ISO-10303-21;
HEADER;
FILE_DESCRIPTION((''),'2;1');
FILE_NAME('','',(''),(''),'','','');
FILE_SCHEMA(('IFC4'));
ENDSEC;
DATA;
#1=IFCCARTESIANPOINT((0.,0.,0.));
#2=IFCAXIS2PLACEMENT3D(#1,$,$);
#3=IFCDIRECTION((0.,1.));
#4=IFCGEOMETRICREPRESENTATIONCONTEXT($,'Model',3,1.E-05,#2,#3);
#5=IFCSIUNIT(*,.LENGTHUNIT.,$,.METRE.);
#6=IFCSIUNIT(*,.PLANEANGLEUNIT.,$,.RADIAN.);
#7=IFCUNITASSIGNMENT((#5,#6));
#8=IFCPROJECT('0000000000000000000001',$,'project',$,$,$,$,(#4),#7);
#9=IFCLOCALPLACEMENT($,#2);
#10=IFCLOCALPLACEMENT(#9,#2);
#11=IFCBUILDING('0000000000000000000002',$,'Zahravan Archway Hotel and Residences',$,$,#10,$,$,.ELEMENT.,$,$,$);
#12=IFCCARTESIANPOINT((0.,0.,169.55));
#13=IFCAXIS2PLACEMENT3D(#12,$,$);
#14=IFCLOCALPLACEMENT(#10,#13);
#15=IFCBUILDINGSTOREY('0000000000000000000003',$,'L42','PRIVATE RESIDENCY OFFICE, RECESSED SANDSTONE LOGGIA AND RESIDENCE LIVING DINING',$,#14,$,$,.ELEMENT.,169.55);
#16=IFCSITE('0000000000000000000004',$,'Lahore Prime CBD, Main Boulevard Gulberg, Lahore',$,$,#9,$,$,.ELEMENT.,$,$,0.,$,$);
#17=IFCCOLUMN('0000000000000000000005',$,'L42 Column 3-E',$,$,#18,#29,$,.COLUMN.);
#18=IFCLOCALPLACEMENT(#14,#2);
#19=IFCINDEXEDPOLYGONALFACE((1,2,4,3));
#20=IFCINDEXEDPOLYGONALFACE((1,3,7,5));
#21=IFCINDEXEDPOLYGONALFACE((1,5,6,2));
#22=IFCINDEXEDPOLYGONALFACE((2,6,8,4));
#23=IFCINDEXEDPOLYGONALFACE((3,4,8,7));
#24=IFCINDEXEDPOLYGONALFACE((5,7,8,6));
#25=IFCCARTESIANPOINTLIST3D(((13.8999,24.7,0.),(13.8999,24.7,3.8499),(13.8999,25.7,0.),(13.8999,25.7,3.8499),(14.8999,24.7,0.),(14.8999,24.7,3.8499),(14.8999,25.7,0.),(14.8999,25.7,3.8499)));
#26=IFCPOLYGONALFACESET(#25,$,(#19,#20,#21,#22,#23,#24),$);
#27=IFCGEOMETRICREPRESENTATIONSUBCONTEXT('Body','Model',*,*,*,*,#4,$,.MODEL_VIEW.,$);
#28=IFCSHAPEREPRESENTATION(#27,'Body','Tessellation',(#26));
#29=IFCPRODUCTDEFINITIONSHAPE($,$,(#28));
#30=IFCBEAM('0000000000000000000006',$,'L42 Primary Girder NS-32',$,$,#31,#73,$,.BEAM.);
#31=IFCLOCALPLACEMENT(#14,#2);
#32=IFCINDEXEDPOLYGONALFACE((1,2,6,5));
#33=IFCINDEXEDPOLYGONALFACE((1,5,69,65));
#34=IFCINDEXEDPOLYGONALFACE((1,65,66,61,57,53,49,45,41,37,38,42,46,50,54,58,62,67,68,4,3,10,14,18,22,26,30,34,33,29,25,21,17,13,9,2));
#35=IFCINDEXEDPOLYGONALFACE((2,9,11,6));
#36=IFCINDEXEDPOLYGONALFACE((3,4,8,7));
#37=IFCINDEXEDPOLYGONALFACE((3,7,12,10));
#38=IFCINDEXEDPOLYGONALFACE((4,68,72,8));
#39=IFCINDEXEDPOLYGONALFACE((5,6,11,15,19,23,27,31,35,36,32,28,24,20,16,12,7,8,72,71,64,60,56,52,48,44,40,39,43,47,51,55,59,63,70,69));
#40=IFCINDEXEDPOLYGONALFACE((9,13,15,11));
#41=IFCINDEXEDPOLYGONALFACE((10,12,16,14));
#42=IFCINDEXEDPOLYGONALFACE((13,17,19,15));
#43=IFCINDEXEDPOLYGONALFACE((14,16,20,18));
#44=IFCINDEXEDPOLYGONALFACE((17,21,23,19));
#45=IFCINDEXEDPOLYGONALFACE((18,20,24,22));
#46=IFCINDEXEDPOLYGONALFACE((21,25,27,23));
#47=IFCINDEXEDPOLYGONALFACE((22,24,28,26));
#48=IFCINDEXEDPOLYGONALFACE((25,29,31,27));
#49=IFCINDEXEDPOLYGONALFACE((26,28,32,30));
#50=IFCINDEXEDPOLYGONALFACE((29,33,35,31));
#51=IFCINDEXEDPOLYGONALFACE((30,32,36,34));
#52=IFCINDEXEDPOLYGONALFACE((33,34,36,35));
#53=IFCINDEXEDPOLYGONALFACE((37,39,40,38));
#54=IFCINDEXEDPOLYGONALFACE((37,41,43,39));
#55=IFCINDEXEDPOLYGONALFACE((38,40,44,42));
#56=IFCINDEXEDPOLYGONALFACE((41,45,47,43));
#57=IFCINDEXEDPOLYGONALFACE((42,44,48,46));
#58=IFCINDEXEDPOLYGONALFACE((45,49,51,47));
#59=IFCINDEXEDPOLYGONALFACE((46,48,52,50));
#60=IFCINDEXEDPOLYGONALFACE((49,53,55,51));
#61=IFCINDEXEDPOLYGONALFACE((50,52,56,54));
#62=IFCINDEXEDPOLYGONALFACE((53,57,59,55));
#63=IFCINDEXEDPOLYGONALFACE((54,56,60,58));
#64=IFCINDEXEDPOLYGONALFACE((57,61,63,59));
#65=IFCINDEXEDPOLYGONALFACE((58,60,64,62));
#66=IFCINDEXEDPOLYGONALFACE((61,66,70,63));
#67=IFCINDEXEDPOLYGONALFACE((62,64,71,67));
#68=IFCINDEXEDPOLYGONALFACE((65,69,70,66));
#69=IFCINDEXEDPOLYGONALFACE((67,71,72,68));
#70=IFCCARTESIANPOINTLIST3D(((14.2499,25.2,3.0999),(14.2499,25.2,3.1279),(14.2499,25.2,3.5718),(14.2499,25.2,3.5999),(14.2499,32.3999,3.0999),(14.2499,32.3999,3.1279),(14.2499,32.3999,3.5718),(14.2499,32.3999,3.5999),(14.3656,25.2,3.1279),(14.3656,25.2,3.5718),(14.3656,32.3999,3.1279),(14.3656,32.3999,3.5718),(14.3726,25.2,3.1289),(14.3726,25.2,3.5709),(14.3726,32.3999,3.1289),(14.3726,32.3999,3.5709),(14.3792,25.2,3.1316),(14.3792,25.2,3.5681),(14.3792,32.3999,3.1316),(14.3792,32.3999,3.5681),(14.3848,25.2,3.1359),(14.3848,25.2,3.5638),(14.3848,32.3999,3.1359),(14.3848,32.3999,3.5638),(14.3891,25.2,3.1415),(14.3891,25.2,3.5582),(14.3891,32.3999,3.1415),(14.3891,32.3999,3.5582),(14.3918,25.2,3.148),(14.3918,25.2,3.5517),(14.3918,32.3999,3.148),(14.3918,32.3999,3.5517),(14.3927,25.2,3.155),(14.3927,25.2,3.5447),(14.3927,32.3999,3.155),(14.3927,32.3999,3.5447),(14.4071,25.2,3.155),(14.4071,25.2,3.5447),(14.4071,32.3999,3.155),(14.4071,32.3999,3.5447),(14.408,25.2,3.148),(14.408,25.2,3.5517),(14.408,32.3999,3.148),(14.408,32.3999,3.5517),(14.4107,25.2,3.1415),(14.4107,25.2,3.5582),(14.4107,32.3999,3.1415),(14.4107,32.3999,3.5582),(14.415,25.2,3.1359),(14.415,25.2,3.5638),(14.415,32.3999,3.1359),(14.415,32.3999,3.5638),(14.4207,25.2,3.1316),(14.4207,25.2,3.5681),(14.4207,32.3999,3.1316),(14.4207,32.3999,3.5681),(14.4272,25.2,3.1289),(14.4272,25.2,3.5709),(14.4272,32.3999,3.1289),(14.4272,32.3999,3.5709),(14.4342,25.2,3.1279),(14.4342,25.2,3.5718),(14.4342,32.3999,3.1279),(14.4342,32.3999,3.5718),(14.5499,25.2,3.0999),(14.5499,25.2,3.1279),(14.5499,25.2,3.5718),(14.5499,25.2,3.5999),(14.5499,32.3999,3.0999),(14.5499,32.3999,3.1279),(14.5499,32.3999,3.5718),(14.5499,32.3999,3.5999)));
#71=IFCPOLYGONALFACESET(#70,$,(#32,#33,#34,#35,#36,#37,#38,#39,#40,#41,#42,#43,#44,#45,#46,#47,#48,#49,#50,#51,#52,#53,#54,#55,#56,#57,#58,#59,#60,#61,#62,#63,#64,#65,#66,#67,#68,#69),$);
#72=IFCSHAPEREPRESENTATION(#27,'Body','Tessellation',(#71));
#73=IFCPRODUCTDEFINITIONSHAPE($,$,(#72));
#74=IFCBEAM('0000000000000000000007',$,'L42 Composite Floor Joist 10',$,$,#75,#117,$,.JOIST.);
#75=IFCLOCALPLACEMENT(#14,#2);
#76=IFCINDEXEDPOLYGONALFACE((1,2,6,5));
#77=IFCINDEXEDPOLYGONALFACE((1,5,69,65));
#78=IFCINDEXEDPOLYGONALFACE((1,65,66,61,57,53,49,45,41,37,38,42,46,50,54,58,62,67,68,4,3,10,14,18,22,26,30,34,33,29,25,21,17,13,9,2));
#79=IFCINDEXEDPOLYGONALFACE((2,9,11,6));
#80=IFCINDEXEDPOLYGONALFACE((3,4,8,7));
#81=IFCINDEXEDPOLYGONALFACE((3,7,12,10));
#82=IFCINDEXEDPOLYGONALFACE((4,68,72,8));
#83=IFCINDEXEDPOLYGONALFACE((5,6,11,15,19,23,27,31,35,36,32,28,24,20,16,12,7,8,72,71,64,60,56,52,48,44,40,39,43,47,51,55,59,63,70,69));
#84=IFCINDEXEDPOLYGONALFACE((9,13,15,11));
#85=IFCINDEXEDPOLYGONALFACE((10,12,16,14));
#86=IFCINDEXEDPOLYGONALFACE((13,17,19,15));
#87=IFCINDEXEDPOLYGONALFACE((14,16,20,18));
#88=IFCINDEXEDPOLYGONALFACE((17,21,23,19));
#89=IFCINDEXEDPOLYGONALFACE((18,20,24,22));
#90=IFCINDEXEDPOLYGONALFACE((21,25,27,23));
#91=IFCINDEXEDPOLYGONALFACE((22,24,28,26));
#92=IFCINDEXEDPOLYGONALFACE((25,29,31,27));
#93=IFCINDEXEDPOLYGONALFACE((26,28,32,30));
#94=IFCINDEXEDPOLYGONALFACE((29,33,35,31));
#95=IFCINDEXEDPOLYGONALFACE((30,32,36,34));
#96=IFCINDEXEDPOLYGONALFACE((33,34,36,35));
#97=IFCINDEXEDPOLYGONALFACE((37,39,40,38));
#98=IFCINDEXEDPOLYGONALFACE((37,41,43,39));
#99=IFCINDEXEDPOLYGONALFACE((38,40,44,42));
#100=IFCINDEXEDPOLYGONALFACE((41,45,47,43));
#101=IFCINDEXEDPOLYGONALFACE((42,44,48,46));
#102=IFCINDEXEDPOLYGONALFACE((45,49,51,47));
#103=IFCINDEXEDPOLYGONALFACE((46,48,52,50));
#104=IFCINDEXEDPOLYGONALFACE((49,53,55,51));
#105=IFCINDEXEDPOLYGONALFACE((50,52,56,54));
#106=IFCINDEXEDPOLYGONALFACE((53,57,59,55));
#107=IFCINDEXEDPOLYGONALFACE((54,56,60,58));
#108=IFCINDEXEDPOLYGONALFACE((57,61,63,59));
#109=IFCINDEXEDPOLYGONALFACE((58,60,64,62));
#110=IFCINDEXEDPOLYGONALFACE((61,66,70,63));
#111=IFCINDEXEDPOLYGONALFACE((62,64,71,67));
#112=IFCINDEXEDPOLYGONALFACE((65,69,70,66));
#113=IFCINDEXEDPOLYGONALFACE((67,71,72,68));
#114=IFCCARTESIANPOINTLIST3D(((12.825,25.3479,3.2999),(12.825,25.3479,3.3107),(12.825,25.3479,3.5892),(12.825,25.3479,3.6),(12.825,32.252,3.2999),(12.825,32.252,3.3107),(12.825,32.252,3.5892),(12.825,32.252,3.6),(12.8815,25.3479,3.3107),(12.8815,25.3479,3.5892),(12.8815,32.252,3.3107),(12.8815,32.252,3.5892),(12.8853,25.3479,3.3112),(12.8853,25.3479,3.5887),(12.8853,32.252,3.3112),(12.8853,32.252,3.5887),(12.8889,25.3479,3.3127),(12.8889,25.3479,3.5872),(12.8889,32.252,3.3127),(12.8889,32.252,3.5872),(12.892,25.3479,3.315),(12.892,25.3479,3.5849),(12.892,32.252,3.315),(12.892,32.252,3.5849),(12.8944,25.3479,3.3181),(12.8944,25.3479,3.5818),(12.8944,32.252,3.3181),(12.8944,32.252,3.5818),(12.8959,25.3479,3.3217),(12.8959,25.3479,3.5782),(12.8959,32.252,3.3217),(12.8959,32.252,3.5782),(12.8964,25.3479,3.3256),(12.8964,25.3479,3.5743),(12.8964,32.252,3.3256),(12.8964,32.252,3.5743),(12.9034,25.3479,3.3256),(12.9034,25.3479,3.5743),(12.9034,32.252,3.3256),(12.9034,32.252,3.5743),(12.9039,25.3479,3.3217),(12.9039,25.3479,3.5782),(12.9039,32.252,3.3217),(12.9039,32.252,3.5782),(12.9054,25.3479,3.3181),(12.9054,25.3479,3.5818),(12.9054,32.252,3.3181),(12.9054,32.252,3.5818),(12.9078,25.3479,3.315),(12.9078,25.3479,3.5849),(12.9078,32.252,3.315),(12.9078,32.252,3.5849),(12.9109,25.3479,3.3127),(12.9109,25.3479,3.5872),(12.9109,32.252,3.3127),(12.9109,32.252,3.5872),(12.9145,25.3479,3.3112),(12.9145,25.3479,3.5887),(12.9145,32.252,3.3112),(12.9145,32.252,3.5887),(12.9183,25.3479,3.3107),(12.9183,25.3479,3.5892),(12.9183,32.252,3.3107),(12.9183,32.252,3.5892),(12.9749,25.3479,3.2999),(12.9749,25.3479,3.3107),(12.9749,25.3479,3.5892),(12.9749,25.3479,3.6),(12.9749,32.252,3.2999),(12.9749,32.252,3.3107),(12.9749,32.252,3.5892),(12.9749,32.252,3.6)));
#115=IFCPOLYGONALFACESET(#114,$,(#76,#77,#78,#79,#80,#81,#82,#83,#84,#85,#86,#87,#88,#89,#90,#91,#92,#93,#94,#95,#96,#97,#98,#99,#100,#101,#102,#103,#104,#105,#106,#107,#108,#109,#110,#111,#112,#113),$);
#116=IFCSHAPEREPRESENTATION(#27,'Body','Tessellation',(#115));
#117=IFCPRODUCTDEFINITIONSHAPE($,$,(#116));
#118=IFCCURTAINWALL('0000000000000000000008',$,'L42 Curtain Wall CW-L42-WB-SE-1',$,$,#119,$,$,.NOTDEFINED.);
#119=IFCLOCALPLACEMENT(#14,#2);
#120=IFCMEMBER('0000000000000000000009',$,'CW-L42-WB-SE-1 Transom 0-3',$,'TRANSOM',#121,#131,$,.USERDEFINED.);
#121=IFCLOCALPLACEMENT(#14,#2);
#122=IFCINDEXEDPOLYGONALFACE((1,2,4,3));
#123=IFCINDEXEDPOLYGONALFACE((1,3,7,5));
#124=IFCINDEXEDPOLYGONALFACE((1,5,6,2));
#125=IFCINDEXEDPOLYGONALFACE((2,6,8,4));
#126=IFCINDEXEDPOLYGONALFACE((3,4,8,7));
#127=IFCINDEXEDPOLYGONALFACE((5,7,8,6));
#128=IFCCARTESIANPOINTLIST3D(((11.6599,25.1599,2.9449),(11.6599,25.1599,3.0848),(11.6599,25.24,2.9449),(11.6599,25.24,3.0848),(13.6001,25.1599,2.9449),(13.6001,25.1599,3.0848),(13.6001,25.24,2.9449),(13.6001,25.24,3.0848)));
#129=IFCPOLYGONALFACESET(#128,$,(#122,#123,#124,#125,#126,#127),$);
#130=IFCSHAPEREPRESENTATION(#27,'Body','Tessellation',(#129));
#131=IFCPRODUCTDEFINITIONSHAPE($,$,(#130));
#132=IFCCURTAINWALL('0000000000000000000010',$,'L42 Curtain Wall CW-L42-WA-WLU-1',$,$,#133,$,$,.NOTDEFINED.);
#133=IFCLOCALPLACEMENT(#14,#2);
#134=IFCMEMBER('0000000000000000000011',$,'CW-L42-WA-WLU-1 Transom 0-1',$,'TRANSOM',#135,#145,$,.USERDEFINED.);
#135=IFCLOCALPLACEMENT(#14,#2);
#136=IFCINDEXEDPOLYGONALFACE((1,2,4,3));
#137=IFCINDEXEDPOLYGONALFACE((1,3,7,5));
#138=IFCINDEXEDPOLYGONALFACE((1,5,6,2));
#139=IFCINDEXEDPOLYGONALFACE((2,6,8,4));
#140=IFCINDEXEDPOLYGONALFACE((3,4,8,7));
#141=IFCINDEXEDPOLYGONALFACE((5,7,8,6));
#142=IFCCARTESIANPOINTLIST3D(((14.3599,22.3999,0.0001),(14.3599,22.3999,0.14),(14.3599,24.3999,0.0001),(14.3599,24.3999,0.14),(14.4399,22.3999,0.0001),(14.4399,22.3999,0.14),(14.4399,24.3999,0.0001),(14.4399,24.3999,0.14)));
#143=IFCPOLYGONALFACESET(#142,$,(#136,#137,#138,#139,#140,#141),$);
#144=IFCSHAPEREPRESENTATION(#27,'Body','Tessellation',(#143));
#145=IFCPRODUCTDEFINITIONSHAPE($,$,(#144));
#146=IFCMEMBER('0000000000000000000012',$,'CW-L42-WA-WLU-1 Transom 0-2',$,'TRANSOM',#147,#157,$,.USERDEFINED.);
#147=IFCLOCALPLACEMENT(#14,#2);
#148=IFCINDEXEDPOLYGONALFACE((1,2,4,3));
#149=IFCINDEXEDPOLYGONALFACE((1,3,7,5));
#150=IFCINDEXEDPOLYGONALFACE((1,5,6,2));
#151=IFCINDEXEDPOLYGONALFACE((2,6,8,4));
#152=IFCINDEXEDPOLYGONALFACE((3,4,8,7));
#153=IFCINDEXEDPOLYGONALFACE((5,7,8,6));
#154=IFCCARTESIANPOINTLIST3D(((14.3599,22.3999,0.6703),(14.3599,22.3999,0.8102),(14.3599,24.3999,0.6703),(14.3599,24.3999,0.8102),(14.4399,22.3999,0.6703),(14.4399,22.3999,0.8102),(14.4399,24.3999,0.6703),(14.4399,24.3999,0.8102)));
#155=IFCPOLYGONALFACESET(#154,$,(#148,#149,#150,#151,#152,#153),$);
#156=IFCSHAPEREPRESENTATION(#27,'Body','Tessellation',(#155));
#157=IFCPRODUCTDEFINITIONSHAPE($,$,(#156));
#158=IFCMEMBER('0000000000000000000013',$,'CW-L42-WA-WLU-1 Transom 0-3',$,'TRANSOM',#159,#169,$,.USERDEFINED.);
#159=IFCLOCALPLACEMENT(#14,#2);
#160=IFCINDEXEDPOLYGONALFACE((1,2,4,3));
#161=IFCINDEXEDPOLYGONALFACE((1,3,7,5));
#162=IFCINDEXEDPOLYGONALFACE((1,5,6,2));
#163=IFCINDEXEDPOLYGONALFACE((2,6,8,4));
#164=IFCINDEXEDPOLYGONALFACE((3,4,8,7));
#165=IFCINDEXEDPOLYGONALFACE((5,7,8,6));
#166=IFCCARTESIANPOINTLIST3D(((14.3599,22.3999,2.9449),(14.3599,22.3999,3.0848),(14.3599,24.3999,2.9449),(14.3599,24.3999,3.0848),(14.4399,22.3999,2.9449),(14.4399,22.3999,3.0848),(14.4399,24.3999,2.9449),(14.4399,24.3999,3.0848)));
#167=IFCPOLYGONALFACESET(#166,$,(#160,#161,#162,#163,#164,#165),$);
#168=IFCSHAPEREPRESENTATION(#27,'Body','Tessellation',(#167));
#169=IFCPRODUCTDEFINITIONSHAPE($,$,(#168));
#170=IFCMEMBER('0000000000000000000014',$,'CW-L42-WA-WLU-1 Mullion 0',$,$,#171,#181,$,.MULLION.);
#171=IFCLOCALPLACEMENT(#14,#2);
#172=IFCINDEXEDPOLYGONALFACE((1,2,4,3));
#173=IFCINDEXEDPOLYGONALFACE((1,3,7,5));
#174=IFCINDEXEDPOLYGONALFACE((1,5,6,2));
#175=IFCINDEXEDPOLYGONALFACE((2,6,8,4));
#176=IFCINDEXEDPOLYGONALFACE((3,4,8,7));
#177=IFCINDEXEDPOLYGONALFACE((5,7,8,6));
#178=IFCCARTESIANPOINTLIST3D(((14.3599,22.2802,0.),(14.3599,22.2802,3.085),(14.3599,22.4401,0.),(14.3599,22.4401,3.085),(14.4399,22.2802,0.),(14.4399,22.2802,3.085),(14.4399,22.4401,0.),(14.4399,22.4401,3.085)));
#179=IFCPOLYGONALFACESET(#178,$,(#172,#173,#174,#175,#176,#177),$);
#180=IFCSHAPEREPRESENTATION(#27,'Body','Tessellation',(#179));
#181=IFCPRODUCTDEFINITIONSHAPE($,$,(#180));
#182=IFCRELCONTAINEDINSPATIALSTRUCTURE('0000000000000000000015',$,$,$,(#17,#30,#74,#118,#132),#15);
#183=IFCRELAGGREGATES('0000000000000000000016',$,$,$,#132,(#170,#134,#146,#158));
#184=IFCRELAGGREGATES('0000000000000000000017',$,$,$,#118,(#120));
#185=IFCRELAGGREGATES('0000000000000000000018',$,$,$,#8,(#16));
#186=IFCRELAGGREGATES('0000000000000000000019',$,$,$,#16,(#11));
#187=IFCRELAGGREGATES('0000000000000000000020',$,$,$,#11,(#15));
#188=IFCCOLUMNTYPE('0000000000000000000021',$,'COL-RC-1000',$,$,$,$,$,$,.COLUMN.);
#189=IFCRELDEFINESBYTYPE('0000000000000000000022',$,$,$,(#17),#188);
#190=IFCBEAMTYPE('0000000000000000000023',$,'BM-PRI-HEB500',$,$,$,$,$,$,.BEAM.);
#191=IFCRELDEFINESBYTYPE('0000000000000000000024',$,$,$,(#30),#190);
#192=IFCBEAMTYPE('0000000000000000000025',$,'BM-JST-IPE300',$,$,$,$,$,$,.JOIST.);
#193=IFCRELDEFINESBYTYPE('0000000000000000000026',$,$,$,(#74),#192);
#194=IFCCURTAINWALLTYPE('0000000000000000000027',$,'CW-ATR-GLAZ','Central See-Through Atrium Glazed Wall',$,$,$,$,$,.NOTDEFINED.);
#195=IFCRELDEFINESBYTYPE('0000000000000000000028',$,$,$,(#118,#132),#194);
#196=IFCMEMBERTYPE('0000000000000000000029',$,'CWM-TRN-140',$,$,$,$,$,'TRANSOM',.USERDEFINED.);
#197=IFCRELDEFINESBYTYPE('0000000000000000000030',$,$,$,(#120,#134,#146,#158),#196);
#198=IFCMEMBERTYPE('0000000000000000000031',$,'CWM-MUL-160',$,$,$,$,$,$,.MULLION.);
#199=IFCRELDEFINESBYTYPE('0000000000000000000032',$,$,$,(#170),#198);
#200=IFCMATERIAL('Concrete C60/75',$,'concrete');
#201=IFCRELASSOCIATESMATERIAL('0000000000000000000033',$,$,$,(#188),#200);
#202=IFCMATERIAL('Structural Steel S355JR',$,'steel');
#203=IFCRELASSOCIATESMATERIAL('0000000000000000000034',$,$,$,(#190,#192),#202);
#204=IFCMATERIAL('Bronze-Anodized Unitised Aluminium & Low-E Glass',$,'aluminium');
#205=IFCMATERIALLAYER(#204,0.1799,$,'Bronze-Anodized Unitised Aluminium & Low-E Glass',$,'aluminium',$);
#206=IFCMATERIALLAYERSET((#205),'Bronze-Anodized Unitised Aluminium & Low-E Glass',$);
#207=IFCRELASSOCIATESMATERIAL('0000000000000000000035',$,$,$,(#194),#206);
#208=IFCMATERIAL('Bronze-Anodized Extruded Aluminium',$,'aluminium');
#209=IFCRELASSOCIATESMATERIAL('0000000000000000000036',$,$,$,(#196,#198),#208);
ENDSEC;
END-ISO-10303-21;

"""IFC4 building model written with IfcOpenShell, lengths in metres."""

from ifc_helpers import new_model, si_unit, direction, frame, origin, origin_2d, place, context, subcontext, project, spatial, rectangle, i_section, extrude, source, transform, mapped, material, layer, layer_set, material_profile, profile_set, type_object, type_shapes, element, aggregate, save


model = new_model("IFC4")

# Units and contexts
model_context = context("Model", 3, precision=1e-05, world=origin(), true_north=direction((0.0, 1.0)))
body_context = subcontext(model_context, "Body", "Model", "MODEL_VIEW")
ifc_project = project(units=[si_unit("LENGTHUNIT", "METRE"), si_unit("PLANEANGLEUNIT", "RADIAN")], contexts=[model_context])

# Site, building, storey
site_placement = place(None, origin())
site = spatial("IfcSite", under=ifc_project, at=site_placement, Name="Lahore Prime CBD, Main Boulevard Gulberg, Lahore", CompositionType="ELEMENT", RefElevation=0.0)
building_placement = place(site_placement, origin())
building = spatial("IfcBuilding", under=site, at=building_placement, Name="Zahravan Archway Hotel and Residences", CompositionType="ELEMENT")
storey_placement = place(building_placement, frame((0.0, 0.0, 169.55)))
storey = spatial("IfcBuildingStorey", under=building, at=storey_placement, Name="L42", Description="PRIVATE RESIDENCY OFFICE, RECESSED SANDSTONE LOGGIA AND RESIDENCE LIVING DINING", CompositionType="ELEMENT", Elevation=169.55)

# Column
ifc_material_1 = material(Name="Concrete C60/75", Category="concrete")
ifc_material_profile_1 = material_profile(ifc_material_1, rectangle(XDim=1.0, YDim=1.0, at=origin_2d()), Name="RC-COL-1000x1000", Category="concrete")
ifc_profile_set_1 = profile_set([ifc_material_profile_1], Name="Concrete C60/75")
column_type = type_object("IfcColumnType", Name="COL-RC-1000", PredefinedType="COLUMN", material=ifc_profile_set_1)
shared_shape_1 = source(origin(), body_context, "Body", "SweptSolid", [
    extrude(rectangle(XDim=1.0, YDim=1.0, at=origin_2d()), origin(), (0.0, 0.0, 1.0), 3.8499),
])
column_placement = place(storey_placement, frame((14.3999, 25.2, 0.0), z_axis=(0.0, 0.0, 1.0), x_axis=(1.0, 0.0, 0.0)))
element("IfcColumn", 1, at=column_placement, inside=storey, type_object=column_type, Name="L42 Column 3-E", PredefinedType="COLUMN", context=body_context, shape_type="MappedRepresentation", body=[
    mapped(shared_shape_1, transform((0.0, 0.0, 0.0), scale=1.0)),
])

# Beams
ifc_material_2 = material(Name="Structural Steel S355JR", Category="steel")
ifc_material_profile_2 = material_profile(ifc_material_2, i_section(OverallWidth=0.3, OverallDepth=0.5, WebThickness=0.0144, FlangeThickness=0.0281, FilletRadius=0.0271, at=origin_2d()), Name="HEB 500", Category="steel")
ifc_profile_set_2 = profile_set([ifc_material_profile_2], Name="Structural Steel S355JR")
beam_type_1 = type_object("IfcBeamType", Name="BM-PRI-HEB500", PredefinedType="BEAM", material=ifc_profile_set_2)
shared_shape_2 = source(origin(), body_context, "Body", "SweptSolid", [
    extrude(i_section(OverallWidth=0.3, OverallDepth=0.5, WebThickness=0.0144, FlangeThickness=0.0281, FilletRadius=0.0271, at=origin_2d()), origin(), (0.0, 0.0, 1.0), 7.2),
])
beam_1_placement = place(storey_placement, frame((14.3999, 25.2, 3.3499), z_axis=(0.0, 1.0, 0.0), x_axis=(-1.0, 0.0, 0.0)))
element("IfcBeam", 2, at=beam_1_placement, inside=storey, type_object=beam_type_1, Name="L42 Primary Girder NS-32", PredefinedType="BEAM", context=body_context, shape_type="MappedRepresentation", body=[
    mapped(shared_shape_2, transform((0.0, 0.0, 0.0), scale=1.0)),
])
ifc_material_profile_3 = material_profile(ifc_material_2, i_section(OverallWidth=0.1499, OverallDepth=0.3, WebThickness=0.0071, FlangeThickness=0.0107, FilletRadius=0.0149, at=origin_2d()), Name="IPE 300", Category="steel")
ifc_profile_set_3 = profile_set([ifc_material_profile_3], Name="Structural Steel S355JR")
beam_type_2 = type_object("IfcBeamType", Name="BM-JST-IPE300", PredefinedType="JOIST", material=ifc_profile_set_3)
shared_shape_3 = source(origin(), body_context, "Body", "SweptSolid", [
    extrude(i_section(OverallWidth=0.1499, OverallDepth=0.3, WebThickness=0.0071, FlangeThickness=0.0107, FilletRadius=0.0149, at=origin_2d()), origin(), (0.0, 0.0, 1.0), 6.9041),
])
type_shapes(beam_type_2, [shared_shape_3])
beam_2_placement = place(storey_placement, frame((12.8999, 25.3479, 3.45), z_axis=(0.0, 1.0, 0.0), x_axis=(-1.0, 0.0, 0.0)))
element("IfcBeam", 3, at=beam_2_placement, inside=storey, type_object=beam_type_2, Name="L42 Composite Floor Joist 10", PredefinedType="JOIST", context=body_context, shape_type="MappedRepresentation", body=[
    mapped(shared_shape_3, transform((0.0, 0.0, 0.0), scale=1.0)),
])

# Curtain wall, member
ifc_material_3 = material(Name="Bronze-Anodized Unitised Aluminium & Low-E Glass", Category="aluminium")
ifc_layer_1 = layer(ifc_material_3, 0.1799, Name="Bronze-Anodized Unitised Aluminium & Low-E Glass", Category="aluminium")
ifc_layer_set_1 = layer_set([ifc_layer_1], Name="Bronze-Anodized Unitised Aluminium & Low-E Glass")
curtain_wall_type = type_object("IfcCurtainWallType", Name="CW-ATR-GLAZ", Description="Central See-Through Atrium Glazed Wall", PredefinedType="NOTDEFINED", material=ifc_layer_set_1)
curtain_wall_1_placement = place(storey_placement, origin())
curtain_wall_1 = element("IfcCurtainWall", 4, at=curtain_wall_1_placement, inside=storey, type_object=curtain_wall_type, Name="L42 Curtain Wall CW-L42-WB-SE-1", PredefinedType="NOTDEFINED")
ifc_material_4 = material(Name="Bronze-Anodized Extruded Aluminium", Category="aluminium")
ifc_material_profile_4 = material_profile(ifc_material_4, rectangle(XDim=0.0801, YDim=0.1399, at=origin_2d()), Name="TRN 80x140", Category="aluminium")
ifc_profile_set_4 = profile_set([ifc_material_profile_4], Name="Bronze-Anodized Extruded Aluminium")
member_type_1 = type_object("IfcMemberType", Name="CWM-TRN-140", ElementType="TRANSOM", PredefinedType="USERDEFINED", material=ifc_profile_set_4)
shared_shape_4 = source(origin(), body_context, "Body", "SweptSolid", [
    extrude(rectangle(XDim=0.0801, YDim=0.1399, at=origin_2d()), origin(), (0.0, 0.0, 1.0), 1.9402),
])
member_1_placement = place(storey_placement, frame((11.6599, 25.2, 3.0149), z_axis=(1.0, 0.0, 0.0), x_axis=(0.0, 1.0, 0.0)))
member_1 = element("IfcMember", 5, at=member_1_placement, type_object=member_type_1, Name="CW-L42-WB-SE-1 Transom 0-3", ObjectType="TRANSOM", PredefinedType="USERDEFINED", context=body_context, shape_type="MappedRepresentation", body=[
    mapped(shared_shape_4, transform((0.0, 0.0, 0.0), scale=1.0)),
])

# Curtain wall, members
curtain_wall_2_placement = place(storey_placement, origin())
curtain_wall_2 = element("IfcCurtainWall", 6, at=curtain_wall_2_placement, inside=storey, type_object=curtain_wall_type, Name="L42 Curtain Wall CW-L42-WA-WLU-1", PredefinedType="NOTDEFINED")
shared_shape_5 = source(origin(), body_context, "Body", "SweptSolid", [
    extrude(rectangle(XDim=0.0801, YDim=0.1399, at=origin_2d()), origin(), (0.0, 0.0, 1.0), 2.0),
])
member_2_placement = place(storey_placement, frame((14.3999, 22.3999, 0.0701), z_axis=(0.0, 1.0, 0.0), x_axis=(-1.0, 0.0, 0.0)))
member_2 = element("IfcMember", 7, at=member_2_placement, type_object=member_type_1, Name="CW-L42-WA-WLU-1 Transom 0-1", ObjectType="TRANSOM", PredefinedType="USERDEFINED", context=body_context, shape_type="MappedRepresentation", body=[
    mapped(shared_shape_5, transform((0.0, 0.0, 0.0), scale=1.0)),
])
member_3_placement = place(storey_placement, frame((14.3999, 22.3999, 0.7402), z_axis=(0.0, 1.0, 0.0), x_axis=(-1.0, 0.0, 0.0)))
member_3 = element("IfcMember", 8, at=member_3_placement, type_object=member_type_1, Name="CW-L42-WA-WLU-1 Transom 0-2", ObjectType="TRANSOM", PredefinedType="USERDEFINED", context=body_context, shape_type="MappedRepresentation", body=[
    mapped(shared_shape_5, transform((0.0, 0.0, 0.0), scale=1.0)),
])
member_4_placement = place(storey_placement, frame((14.3999, 22.3999, 3.0149), z_axis=(0.0, 1.0, 0.0), x_axis=(-1.0, 0.0, 0.0)))
member_4 = element("IfcMember", 9, at=member_4_placement, type_object=member_type_1, Name="CW-L42-WA-WLU-1 Transom 0-3", ObjectType="TRANSOM", PredefinedType="USERDEFINED", context=body_context, shape_type="MappedRepresentation", body=[
    mapped(shared_shape_5, transform((0.0, 0.0, 0.0), scale=1.0)),
])
ifc_material_profile_5 = material_profile(ifc_material_4, rectangle(XDim=0.0801, YDim=0.1599, at=origin_2d()), Name="MUL 80x160", Category="aluminium")
ifc_profile_set_5 = profile_set([ifc_material_profile_5], Name="Bronze-Anodized Extruded Aluminium")
member_type_2 = type_object("IfcMemberType", Name="CWM-MUL-160", PredefinedType="MULLION", material=ifc_profile_set_5)
shared_shape_6 = source(origin(), body_context, "Body", "SweptSolid", [
    extrude(rectangle(XDim=0.0801, YDim=0.1599, at=origin_2d()), origin(), (0.0, 0.0, 1.0), 3.085),
])
member_5_placement = place(storey_placement, frame((14.3999, 22.3601, 0.0), z_axis=(0.0, 0.0, 1.0), x_axis=(1.0, 0.0, 0.0)))
member_5 = element("IfcMember", 10, at=member_5_placement, type_object=member_type_2, Name="CW-L42-WA-WLU-1 Mullion 0", PredefinedType="MULLION", context=body_context, shape_type="MappedRepresentation", body=[
    mapped(shared_shape_6, transform((0.0, 0.0, 0.0), scale=1.0)),
])

aggregate(curtain_wall_2, [member_5, member_2, member_3, member_4])
aggregate(curtain_wall_1, [member_1])

save(model, "model.ifc")
